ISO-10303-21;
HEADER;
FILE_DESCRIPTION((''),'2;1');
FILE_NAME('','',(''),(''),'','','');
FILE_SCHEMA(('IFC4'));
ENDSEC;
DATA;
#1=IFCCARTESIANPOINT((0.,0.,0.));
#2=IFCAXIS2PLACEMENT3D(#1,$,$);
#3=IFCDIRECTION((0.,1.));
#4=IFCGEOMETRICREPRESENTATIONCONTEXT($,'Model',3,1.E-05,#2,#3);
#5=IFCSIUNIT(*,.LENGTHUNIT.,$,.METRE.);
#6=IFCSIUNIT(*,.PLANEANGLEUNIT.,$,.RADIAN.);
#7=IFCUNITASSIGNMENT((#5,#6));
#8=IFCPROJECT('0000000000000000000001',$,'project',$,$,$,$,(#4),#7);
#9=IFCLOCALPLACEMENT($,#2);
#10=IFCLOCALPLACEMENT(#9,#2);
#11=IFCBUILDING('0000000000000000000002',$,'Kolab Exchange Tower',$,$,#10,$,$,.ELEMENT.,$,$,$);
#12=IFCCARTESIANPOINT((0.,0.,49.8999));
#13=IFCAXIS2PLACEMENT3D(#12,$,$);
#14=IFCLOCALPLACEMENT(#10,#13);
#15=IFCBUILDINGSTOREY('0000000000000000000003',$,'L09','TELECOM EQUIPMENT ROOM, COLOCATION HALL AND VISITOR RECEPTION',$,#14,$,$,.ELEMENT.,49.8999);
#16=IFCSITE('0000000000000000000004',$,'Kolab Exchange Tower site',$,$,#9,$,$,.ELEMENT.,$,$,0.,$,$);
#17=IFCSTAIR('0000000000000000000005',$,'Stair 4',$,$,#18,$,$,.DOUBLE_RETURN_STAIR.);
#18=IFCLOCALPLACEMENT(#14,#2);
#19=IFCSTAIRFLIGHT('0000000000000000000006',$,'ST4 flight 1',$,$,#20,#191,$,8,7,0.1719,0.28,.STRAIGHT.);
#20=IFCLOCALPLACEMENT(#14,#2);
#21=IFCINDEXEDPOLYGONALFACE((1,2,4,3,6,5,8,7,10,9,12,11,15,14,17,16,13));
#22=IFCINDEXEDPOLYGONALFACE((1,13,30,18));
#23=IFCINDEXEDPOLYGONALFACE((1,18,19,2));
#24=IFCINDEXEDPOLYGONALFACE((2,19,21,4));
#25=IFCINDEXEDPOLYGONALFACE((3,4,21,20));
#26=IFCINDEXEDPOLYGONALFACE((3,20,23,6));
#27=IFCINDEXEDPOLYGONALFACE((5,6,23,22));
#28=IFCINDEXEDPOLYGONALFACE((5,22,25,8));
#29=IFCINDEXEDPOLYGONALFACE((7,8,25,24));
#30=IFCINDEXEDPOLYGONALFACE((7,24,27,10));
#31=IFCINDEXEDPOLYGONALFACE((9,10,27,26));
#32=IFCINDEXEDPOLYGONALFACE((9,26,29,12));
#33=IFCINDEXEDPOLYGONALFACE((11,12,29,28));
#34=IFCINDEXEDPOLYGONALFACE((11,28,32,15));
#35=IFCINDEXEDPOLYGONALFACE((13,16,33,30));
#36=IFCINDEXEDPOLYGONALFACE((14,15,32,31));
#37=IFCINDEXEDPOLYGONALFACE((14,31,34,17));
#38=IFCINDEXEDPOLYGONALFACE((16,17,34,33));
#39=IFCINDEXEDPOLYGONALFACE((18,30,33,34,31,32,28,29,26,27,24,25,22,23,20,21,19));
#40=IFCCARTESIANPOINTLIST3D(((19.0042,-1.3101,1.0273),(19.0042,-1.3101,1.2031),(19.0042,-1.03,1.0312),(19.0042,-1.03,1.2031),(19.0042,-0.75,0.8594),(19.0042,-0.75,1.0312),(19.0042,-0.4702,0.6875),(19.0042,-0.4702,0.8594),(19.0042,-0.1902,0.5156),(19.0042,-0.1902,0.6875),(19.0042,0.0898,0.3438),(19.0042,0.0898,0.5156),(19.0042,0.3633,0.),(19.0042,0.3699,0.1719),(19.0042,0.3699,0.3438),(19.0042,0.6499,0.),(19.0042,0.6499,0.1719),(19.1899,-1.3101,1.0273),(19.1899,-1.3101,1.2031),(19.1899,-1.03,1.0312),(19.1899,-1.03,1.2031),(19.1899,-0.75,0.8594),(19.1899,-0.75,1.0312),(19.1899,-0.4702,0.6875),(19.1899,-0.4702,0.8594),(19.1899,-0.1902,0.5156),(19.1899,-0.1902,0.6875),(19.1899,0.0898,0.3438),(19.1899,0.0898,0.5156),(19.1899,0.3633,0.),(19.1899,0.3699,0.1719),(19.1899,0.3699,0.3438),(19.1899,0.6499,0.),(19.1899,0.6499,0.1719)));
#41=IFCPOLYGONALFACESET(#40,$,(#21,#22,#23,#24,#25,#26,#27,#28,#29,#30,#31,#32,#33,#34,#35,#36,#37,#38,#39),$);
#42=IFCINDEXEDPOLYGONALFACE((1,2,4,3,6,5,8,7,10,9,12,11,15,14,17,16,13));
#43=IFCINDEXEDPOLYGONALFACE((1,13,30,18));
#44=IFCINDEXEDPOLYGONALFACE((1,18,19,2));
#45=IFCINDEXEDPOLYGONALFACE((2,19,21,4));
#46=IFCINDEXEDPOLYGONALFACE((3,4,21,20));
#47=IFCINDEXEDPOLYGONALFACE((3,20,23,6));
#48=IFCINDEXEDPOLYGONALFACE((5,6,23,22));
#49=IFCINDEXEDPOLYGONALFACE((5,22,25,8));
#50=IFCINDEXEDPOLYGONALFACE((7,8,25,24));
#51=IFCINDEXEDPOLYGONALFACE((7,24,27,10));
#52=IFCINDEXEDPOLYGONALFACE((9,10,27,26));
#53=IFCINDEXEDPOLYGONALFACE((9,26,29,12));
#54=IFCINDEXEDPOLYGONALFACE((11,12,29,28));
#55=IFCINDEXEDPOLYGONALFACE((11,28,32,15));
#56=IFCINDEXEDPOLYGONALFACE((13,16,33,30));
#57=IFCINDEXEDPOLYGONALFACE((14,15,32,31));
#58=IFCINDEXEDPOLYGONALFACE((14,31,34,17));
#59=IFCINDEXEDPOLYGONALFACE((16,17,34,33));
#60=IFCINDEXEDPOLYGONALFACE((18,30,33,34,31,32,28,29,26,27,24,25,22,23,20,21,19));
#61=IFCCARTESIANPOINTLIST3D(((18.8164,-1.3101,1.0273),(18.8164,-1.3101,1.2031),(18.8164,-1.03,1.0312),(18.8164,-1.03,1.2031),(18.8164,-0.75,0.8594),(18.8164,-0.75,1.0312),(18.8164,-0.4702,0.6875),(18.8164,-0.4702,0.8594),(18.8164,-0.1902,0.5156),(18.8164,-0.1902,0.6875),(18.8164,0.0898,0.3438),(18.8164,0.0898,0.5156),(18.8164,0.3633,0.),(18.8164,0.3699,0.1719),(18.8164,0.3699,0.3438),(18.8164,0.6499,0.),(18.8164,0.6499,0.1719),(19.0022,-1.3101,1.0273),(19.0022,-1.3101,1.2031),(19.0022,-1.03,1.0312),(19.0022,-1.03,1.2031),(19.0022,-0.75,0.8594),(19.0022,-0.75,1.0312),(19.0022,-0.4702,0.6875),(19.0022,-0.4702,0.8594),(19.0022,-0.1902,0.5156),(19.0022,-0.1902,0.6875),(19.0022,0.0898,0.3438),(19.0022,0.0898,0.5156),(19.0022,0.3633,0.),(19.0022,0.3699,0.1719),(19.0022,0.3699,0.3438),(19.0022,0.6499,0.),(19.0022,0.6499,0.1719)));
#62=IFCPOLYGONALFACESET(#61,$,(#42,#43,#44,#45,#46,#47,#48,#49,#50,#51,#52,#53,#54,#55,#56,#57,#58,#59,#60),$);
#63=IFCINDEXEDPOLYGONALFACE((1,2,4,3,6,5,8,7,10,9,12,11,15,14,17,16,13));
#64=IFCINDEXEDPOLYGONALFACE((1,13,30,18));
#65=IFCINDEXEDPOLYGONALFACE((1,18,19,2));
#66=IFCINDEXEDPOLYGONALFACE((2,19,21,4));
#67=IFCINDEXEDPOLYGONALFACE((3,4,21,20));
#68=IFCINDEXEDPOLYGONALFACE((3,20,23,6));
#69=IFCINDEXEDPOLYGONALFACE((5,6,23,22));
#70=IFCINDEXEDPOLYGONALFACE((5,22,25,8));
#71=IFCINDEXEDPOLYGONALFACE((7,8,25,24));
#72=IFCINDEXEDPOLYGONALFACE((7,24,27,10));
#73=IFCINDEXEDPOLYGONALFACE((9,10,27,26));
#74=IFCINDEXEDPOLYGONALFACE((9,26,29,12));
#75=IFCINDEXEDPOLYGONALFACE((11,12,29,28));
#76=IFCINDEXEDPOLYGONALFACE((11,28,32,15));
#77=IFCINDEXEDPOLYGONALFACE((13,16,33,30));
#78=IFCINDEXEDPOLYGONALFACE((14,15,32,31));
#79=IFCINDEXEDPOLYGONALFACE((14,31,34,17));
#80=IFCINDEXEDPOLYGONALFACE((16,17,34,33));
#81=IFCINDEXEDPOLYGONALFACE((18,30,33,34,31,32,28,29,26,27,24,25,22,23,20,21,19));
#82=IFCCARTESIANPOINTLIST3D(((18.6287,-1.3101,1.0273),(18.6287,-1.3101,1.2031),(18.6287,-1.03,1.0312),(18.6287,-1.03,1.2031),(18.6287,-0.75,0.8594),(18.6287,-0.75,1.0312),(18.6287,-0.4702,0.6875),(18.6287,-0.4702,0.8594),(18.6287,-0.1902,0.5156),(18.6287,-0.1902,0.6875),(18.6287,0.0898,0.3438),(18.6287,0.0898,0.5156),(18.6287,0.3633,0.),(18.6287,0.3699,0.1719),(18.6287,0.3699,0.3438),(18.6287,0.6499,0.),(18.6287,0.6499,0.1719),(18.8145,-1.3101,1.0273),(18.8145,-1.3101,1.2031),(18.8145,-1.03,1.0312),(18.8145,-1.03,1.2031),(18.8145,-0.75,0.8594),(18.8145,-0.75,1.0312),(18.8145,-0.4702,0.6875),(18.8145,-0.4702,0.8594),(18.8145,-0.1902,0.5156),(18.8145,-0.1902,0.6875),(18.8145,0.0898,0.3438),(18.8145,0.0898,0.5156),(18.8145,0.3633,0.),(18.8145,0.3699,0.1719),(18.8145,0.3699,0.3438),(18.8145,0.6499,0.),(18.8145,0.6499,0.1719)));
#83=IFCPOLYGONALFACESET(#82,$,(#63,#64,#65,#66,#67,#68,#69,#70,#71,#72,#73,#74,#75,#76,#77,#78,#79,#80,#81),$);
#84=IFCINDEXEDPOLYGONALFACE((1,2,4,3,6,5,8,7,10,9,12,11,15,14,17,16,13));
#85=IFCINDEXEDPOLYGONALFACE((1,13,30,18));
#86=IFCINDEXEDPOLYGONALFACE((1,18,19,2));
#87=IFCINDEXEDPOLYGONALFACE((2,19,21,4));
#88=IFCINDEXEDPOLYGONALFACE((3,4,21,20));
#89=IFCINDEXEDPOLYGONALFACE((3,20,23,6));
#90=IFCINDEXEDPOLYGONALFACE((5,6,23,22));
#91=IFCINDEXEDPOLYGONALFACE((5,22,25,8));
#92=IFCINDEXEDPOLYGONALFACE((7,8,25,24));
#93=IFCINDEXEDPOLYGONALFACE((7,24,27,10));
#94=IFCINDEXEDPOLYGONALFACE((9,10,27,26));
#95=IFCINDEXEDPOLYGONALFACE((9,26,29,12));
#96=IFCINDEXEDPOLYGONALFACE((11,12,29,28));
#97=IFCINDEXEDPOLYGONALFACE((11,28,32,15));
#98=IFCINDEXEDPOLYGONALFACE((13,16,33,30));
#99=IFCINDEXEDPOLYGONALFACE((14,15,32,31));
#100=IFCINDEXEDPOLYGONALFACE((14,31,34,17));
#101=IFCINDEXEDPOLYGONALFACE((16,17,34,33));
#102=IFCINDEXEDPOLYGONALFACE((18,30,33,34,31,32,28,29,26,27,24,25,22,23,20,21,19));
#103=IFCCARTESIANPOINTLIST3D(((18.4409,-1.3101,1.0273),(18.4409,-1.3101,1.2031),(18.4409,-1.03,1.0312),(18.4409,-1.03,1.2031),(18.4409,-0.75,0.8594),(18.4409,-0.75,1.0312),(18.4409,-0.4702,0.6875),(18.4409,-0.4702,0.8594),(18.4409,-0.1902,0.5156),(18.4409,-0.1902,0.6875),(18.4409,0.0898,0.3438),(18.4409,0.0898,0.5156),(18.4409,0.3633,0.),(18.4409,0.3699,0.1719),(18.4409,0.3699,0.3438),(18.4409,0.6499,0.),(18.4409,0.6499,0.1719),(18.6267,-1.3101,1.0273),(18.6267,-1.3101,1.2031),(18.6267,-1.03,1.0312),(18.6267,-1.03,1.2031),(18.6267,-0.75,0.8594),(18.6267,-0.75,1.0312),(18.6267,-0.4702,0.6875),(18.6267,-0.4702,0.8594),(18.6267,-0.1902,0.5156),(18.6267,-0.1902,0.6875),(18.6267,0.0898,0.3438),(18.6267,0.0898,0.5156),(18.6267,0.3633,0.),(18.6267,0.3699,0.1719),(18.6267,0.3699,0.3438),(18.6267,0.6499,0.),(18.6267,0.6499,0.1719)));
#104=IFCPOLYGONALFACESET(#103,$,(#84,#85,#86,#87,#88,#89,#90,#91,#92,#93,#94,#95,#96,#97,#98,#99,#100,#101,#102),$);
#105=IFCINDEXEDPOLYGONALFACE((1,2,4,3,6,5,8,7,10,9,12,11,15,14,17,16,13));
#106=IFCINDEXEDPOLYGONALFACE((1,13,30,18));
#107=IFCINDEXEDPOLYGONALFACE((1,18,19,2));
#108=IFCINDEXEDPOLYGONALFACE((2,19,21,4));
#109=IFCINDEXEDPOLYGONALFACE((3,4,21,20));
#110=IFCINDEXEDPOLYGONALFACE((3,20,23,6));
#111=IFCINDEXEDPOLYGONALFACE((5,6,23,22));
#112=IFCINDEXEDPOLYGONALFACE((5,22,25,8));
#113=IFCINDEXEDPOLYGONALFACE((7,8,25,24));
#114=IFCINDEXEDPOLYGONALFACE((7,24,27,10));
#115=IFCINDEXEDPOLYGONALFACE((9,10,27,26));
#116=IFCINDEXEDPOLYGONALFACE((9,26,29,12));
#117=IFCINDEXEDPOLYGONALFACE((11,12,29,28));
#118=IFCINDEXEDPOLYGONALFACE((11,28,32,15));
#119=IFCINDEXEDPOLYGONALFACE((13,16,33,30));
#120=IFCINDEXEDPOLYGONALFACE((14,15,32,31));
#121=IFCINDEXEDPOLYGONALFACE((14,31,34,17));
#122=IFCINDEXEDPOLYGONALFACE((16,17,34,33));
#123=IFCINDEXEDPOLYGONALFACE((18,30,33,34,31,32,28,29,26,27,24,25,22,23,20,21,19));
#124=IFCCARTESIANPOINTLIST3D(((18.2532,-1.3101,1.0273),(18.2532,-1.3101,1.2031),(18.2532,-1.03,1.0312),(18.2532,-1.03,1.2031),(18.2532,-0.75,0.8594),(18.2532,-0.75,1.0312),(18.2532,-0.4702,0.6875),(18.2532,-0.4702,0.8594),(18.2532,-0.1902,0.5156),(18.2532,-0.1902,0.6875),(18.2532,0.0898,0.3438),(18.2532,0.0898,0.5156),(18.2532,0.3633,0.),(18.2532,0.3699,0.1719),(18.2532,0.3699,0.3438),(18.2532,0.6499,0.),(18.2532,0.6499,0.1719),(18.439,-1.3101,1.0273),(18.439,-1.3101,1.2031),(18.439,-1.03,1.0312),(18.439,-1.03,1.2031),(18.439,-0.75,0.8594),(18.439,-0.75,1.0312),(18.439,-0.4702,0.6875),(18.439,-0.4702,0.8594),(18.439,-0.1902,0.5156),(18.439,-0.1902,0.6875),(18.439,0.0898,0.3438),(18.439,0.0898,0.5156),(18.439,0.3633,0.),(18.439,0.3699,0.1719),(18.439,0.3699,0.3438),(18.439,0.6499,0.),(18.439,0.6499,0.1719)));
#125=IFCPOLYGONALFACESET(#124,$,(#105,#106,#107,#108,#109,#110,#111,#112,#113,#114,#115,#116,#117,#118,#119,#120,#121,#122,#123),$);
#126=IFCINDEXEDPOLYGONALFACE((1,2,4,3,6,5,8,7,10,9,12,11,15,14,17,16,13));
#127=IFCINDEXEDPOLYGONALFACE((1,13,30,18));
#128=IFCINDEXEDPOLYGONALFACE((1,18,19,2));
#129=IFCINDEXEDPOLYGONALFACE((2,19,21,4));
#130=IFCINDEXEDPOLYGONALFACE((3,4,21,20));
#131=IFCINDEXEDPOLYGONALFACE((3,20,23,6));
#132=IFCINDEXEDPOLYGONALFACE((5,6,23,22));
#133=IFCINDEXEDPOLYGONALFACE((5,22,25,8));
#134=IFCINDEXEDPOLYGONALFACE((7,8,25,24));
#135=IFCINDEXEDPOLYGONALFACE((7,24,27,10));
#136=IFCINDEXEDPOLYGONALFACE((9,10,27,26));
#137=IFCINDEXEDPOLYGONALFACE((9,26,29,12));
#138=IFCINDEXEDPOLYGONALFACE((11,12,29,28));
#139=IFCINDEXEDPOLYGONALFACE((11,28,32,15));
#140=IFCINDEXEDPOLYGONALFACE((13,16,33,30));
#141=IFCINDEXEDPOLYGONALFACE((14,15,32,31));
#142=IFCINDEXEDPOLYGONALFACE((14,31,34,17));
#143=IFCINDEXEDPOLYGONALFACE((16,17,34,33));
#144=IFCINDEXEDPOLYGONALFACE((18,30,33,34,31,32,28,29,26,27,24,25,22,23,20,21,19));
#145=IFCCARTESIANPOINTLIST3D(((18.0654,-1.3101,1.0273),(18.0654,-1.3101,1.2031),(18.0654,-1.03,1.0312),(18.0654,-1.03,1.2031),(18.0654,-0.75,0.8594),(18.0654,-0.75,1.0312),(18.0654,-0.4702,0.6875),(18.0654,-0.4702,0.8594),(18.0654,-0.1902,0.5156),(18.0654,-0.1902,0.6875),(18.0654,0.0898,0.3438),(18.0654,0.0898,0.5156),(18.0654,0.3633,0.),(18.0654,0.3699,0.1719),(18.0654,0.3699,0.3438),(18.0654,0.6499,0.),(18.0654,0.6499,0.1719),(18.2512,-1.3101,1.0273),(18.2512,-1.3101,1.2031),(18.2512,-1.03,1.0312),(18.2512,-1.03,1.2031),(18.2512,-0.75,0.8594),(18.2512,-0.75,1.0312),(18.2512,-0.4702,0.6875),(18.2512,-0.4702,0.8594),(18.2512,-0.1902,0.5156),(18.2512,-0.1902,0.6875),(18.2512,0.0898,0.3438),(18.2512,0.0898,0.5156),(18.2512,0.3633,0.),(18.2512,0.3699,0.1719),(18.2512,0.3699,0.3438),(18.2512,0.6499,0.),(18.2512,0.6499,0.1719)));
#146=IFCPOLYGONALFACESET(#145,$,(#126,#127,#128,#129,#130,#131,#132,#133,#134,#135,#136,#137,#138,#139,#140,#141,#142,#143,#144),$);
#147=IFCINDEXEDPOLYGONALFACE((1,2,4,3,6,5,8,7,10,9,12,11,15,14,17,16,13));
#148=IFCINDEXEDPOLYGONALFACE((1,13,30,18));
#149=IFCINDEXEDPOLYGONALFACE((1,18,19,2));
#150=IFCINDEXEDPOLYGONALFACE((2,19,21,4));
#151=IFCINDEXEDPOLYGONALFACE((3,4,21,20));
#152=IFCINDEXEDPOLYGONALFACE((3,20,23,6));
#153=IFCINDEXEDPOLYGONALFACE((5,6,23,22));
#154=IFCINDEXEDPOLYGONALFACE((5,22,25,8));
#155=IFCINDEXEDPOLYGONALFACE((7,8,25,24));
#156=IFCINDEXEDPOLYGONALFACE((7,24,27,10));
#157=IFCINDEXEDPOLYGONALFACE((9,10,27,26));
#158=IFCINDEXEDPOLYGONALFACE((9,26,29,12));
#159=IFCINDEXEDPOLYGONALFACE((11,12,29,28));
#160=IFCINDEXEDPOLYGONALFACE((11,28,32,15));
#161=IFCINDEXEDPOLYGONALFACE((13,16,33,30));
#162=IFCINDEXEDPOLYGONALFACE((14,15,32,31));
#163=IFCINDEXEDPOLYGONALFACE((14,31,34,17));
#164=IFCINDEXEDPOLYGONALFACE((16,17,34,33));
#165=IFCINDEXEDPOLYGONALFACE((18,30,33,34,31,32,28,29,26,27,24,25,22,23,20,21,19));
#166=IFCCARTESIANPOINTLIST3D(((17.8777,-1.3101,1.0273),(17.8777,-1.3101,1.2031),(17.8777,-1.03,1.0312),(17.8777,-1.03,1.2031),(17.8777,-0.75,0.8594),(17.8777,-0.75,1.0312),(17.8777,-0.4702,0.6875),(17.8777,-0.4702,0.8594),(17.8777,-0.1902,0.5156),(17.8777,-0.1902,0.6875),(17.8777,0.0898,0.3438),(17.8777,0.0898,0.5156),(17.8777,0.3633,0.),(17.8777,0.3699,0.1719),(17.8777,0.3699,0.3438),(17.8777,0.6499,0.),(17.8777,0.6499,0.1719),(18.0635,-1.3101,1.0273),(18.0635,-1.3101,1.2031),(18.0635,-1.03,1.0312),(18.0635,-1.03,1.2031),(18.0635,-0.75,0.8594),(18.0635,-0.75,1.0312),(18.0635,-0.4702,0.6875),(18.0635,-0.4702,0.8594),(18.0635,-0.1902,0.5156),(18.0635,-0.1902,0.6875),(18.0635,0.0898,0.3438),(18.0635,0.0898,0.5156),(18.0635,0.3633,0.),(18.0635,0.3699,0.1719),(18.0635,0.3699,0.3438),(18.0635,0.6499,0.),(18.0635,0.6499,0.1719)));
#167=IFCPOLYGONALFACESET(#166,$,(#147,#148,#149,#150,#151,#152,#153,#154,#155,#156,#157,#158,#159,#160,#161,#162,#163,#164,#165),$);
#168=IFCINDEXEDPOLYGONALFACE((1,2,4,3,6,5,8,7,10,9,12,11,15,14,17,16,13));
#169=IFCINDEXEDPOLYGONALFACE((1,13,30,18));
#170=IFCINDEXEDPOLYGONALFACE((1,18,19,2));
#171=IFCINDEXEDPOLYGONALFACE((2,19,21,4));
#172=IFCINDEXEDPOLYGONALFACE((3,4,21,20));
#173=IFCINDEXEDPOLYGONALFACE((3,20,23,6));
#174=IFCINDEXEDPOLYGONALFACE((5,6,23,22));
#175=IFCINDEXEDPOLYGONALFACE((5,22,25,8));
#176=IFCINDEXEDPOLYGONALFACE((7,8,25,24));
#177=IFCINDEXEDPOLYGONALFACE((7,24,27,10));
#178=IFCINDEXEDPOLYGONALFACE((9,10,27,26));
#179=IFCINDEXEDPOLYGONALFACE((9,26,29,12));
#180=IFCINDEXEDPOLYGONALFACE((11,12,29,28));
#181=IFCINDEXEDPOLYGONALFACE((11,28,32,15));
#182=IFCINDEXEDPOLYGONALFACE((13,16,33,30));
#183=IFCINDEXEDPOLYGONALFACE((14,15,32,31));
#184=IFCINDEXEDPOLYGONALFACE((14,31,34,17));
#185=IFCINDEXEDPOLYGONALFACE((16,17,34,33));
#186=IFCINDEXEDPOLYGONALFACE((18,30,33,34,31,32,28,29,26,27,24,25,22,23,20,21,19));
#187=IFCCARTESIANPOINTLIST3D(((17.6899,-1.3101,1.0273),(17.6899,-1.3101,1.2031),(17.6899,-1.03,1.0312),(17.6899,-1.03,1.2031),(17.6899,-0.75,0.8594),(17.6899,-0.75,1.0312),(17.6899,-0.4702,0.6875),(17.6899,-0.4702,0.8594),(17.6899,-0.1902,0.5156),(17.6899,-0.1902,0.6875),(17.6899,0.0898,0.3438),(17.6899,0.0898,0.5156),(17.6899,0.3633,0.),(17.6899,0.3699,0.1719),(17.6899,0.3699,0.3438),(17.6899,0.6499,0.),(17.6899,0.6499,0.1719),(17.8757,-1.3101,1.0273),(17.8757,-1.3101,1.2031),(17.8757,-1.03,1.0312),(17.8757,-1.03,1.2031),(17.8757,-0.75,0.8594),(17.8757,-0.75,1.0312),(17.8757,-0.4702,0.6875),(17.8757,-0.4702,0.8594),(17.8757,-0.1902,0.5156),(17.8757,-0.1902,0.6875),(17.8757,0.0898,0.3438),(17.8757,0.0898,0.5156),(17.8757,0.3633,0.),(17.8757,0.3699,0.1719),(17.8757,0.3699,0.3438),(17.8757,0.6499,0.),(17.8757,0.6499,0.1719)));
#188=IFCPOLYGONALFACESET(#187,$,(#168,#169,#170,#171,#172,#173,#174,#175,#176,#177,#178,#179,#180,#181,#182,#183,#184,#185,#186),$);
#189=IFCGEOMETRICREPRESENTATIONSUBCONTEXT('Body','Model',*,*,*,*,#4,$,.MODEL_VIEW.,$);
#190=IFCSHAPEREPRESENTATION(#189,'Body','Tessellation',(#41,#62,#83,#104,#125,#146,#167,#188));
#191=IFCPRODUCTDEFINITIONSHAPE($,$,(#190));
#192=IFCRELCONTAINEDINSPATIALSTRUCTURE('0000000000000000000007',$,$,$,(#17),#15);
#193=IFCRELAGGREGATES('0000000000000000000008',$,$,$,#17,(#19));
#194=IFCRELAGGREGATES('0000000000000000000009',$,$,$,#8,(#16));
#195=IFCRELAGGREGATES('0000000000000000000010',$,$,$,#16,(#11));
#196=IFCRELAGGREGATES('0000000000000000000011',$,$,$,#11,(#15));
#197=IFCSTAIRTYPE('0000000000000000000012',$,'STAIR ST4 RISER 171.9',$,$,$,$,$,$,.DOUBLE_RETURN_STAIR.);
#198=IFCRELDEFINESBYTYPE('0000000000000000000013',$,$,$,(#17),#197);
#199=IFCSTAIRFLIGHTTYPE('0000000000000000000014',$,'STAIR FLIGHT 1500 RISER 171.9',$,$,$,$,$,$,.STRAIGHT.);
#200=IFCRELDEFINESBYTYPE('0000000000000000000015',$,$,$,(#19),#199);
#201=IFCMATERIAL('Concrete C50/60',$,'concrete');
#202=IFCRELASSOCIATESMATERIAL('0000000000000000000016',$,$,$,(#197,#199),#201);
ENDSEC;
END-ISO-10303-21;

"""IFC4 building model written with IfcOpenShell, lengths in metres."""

from ifc_helpers import new_model, si_unit, direction, frame, origin, place, context, subcontext, project, spatial, polyline, outline, extrude, material, type_object, element, aggregate, save


model = new_model("IFC4")

# Units and contexts
model_context = context("Model", 3, precision=1e-05, world=origin(), true_north=direction((0.0, 1.0)))
body_context = subcontext(model_context, "Body", "Model", "MODEL_VIEW")
ifc_project = project(units=[si_unit("LENGTHUNIT", "METRE"), si_unit("PLANEANGLEUNIT", "RADIAN")], contexts=[model_context])

# Site, building, storey
site_placement = place(None, origin())
site = spatial("IfcSite", under=ifc_project, at=site_placement, Name="Kolab Exchange Tower site", CompositionType="ELEMENT", RefElevation=0.0)
building_placement = place(site_placement, origin())
building = spatial("IfcBuilding", under=site, at=building_placement, Name="Kolab Exchange Tower", CompositionType="ELEMENT")
storey_placement = place(building_placement, frame((0.0, 0.0, 49.8999)))
storey = spatial("IfcBuildingStorey", under=building, at=storey_placement, Name="L09", Description="TELECOM EQUIPMENT ROOM, COLOCATION HALL AND VISITOR RECEPTION", CompositionType="ELEMENT", Elevation=49.8999)

# Stair, stair flight
ifc_material_1 = material(Name="Concrete C50/60", Category="concrete")
stair_type = type_object("IfcStairType", Name="STAIR ST4 RISER 171.9", PredefinedType="DOUBLE_RETURN_STAIR", material=ifc_material_1)
stair_placement = place(storey_placement, origin())
stair = element("IfcStair", 1, at=stair_placement, inside=storey, type_object=stair_type, Name="Stair 4", PredefinedType="DOUBLE_RETURN_STAIR")
stair_flight_type = type_object("IfcStairFlightType", Name="STAIR FLIGHT 1500 RISER 171.9", PredefinedType="STRAIGHT", material=ifc_material_1)
stair_flight_1_placement = place(storey_placement, frame((18.4399, 0.6499, 0.0), z_axis=(0.0, 0.0, 1.0), x_axis=(0.0, -1.0, 0.0)))
stair_flight_1 = element("IfcStairFlight", 2, at=stair_flight_1_placement, type_object=stair_flight_type, Name="ST4 flight 1", NumberOfRisers=8, NumberOfTreads=7, PredefinedType="STRAIGHT", RiserHeight=0.1719, TreadLength=0.28, context=body_context, shape_type="SweptSolid", body=[
    extrude(outline(polyline([(0.0, 0.0), (0.0, 0.1719), (0.28, 0.1719), (0.28, 0.3438), (0.5601, 0.3438), (0.5601, 0.5156), (0.8401, 0.5156), (0.8401, 0.6875), (1.1201, 0.6875), (1.1201, 0.8594), (1.3999, 0.8594), (1.3999, 1.0312), (1.6799, 1.0312), (1.6799, 1.2031), (1.96, 1.2031), (1.96, 1.375), (1.96, 1.0273), (0.2866, 0.0), (0.0, 0.0)])), frame((0.0, 0.75, 0.0), z_axis=(0.0, -1.0, 0.0), x_axis=(1.0, 0.0, 0.0)), (0.0, 0.0, 1.0), 0.1858),
    extrude(outline(polyline([(0.0, 0.0), (0.0, 0.1719), (0.28, 0.1719), (0.28, 0.3438), (0.5601, 0.3438), (0.5601, 0.5156), (0.8401, 0.5156), (0.8401, 0.6875), (1.1201, 0.6875), (1.1201, 0.8594), (1.3999, 0.8594), (1.3999, 1.0312), (1.6799, 1.0312), (1.6799, 1.2031), (1.96, 1.2031), (1.96, 1.375), (1.96, 1.0273), (0.2866, 0.0), (0.0, 0.0)])), frame((0.0, 0.5623, 0.0), z_axis=(0.0, -1.0, 0.0), x_axis=(1.0, 0.0, 0.0)), (0.0, 0.0, 1.0), 0.1858),
    extrude(outline(polyline([(0.0, 0.0), (0.0, 0.1719), (0.28, 0.1719), (0.28, 0.3438), (0.5601, 0.3438), (0.5601, 0.5156), (0.8401, 0.5156), (0.8401, 0.6875), (1.1201, 0.6875), (1.1201, 0.8594), (1.3999, 0.8594), (1.3999, 1.0312), (1.6799, 1.0312), (1.6799, 1.2031), (1.96, 1.2031), (1.96, 1.375), (1.96, 1.0273), (0.2866, 0.0), (0.0, 0.0)])), frame((0.0, 0.3745, 0.0), z_axis=(0.0, -1.0, 0.0), x_axis=(1.0, 0.0, 0.0)), (0.0, 0.0, 1.0), 0.1858),
    extrude(outline(polyline([(0.0, 0.0), (0.0, 0.1719), (0.28, 0.1719), (0.28, 0.3438), (0.5601, 0.3438), (0.5601, 0.5156), (0.8401, 0.5156), (0.8401, 0.6875), (1.1201, 0.6875), (1.1201, 0.8594), (1.3999, 0.8594), (1.3999, 1.0312), (1.6799, 1.0312), (1.6799, 1.2031), (1.96, 1.2031), (1.96, 1.375), (1.96, 1.0273), (0.2866, 0.0), (0.0, 0.0)])), frame((0.0, 0.1868, 0.0), z_axis=(0.0, -1.0, 0.0), x_axis=(1.0, 0.0, 0.0)), (0.0, 0.0, 1.0), 0.1858),
    extrude(outline(polyline([(0.0, 0.0), (0.0, 0.1719), (0.28, 0.1719), (0.28, 0.3438), (0.5601, 0.3438), (0.5601, 0.5156), (0.8401, 0.5156), (0.8401, 0.6875), (1.1201, 0.6875), (1.1201, 0.8594), (1.3999, 0.8594), (1.3999, 1.0312), (1.6799, 1.0312), (1.6799, 1.2031), (1.96, 1.2031), (1.96, 1.375), (1.96, 1.0273), (0.2866, 0.0), (0.0, 0.0)])), frame((0.0, -0.001, 0.0), z_axis=(0.0, -1.0, 0.0), x_axis=(1.0, 0.0, 0.0)), (0.0, 0.0, 1.0), 0.1858),
    extrude(outline(polyline([(0.0, 0.0), (0.0, 0.1719), (0.28, 0.1719), (0.28, 0.3438), (0.5601, 0.3438), (0.5601, 0.5156), (0.8401, 0.5156), (0.8401, 0.6875), (1.1201, 0.6875), (1.1201, 0.8594), (1.3999, 0.8594), (1.3999, 1.0312), (1.6799, 1.0312), (1.6799, 1.2031), (1.96, 1.2031), (1.96, 1.375), (1.96, 1.0273), (0.2866, 0.0), (0.0, 0.0)])), frame((0.0, -0.1887, 0.0), z_axis=(0.0, -1.0, 0.0), x_axis=(1.0, 0.0, 0.0)), (0.0, 0.0, 1.0), 0.1858),
    extrude(outline(polyline([(0.0, 0.0), (0.0, 0.1719), (0.28, 0.1719), (0.28, 0.3438), (0.5601, 0.3438), (0.5601, 0.5156), (0.8401, 0.5156), (0.8401, 0.6875), (1.1201, 0.6875), (1.1201, 0.8594), (1.3999, 0.8594), (1.3999, 1.0312), (1.6799, 1.0312), (1.6799, 1.2031), (1.96, 1.2031), (1.96, 1.375), (1.96, 1.0273), (0.2866, 0.0), (0.0, 0.0)])), frame((0.0, -0.3765, 0.0), z_axis=(0.0, -1.0, 0.0), x_axis=(1.0, 0.0, 0.0)), (0.0, 0.0, 1.0), 0.1858),
    extrude(outline(polyline([(0.0, 0.0), (0.0, 0.1719), (0.28, 0.1719), (0.28, 0.3438), (0.5601, 0.3438), (0.5601, 0.5156), (0.8401, 0.5156), (0.8401, 0.6875), (1.1201, 0.6875), (1.1201, 0.8594), (1.3999, 0.8594), (1.3999, 1.0312), (1.6799, 1.0312), (1.6799, 1.2031), (1.96, 1.2031), (1.96, 1.375), (1.96, 1.0273), (0.2866, 0.0), (0.0, 0.0)])), frame((0.0, -0.5642, 0.0), z_axis=(0.0, -1.0, 0.0), x_axis=(1.0, 0.0, 0.0)), (0.0, 0.0, 1.0), 0.1858),
])
aggregate(stair, [stair_flight_1])

save(model, "model.ifc")
